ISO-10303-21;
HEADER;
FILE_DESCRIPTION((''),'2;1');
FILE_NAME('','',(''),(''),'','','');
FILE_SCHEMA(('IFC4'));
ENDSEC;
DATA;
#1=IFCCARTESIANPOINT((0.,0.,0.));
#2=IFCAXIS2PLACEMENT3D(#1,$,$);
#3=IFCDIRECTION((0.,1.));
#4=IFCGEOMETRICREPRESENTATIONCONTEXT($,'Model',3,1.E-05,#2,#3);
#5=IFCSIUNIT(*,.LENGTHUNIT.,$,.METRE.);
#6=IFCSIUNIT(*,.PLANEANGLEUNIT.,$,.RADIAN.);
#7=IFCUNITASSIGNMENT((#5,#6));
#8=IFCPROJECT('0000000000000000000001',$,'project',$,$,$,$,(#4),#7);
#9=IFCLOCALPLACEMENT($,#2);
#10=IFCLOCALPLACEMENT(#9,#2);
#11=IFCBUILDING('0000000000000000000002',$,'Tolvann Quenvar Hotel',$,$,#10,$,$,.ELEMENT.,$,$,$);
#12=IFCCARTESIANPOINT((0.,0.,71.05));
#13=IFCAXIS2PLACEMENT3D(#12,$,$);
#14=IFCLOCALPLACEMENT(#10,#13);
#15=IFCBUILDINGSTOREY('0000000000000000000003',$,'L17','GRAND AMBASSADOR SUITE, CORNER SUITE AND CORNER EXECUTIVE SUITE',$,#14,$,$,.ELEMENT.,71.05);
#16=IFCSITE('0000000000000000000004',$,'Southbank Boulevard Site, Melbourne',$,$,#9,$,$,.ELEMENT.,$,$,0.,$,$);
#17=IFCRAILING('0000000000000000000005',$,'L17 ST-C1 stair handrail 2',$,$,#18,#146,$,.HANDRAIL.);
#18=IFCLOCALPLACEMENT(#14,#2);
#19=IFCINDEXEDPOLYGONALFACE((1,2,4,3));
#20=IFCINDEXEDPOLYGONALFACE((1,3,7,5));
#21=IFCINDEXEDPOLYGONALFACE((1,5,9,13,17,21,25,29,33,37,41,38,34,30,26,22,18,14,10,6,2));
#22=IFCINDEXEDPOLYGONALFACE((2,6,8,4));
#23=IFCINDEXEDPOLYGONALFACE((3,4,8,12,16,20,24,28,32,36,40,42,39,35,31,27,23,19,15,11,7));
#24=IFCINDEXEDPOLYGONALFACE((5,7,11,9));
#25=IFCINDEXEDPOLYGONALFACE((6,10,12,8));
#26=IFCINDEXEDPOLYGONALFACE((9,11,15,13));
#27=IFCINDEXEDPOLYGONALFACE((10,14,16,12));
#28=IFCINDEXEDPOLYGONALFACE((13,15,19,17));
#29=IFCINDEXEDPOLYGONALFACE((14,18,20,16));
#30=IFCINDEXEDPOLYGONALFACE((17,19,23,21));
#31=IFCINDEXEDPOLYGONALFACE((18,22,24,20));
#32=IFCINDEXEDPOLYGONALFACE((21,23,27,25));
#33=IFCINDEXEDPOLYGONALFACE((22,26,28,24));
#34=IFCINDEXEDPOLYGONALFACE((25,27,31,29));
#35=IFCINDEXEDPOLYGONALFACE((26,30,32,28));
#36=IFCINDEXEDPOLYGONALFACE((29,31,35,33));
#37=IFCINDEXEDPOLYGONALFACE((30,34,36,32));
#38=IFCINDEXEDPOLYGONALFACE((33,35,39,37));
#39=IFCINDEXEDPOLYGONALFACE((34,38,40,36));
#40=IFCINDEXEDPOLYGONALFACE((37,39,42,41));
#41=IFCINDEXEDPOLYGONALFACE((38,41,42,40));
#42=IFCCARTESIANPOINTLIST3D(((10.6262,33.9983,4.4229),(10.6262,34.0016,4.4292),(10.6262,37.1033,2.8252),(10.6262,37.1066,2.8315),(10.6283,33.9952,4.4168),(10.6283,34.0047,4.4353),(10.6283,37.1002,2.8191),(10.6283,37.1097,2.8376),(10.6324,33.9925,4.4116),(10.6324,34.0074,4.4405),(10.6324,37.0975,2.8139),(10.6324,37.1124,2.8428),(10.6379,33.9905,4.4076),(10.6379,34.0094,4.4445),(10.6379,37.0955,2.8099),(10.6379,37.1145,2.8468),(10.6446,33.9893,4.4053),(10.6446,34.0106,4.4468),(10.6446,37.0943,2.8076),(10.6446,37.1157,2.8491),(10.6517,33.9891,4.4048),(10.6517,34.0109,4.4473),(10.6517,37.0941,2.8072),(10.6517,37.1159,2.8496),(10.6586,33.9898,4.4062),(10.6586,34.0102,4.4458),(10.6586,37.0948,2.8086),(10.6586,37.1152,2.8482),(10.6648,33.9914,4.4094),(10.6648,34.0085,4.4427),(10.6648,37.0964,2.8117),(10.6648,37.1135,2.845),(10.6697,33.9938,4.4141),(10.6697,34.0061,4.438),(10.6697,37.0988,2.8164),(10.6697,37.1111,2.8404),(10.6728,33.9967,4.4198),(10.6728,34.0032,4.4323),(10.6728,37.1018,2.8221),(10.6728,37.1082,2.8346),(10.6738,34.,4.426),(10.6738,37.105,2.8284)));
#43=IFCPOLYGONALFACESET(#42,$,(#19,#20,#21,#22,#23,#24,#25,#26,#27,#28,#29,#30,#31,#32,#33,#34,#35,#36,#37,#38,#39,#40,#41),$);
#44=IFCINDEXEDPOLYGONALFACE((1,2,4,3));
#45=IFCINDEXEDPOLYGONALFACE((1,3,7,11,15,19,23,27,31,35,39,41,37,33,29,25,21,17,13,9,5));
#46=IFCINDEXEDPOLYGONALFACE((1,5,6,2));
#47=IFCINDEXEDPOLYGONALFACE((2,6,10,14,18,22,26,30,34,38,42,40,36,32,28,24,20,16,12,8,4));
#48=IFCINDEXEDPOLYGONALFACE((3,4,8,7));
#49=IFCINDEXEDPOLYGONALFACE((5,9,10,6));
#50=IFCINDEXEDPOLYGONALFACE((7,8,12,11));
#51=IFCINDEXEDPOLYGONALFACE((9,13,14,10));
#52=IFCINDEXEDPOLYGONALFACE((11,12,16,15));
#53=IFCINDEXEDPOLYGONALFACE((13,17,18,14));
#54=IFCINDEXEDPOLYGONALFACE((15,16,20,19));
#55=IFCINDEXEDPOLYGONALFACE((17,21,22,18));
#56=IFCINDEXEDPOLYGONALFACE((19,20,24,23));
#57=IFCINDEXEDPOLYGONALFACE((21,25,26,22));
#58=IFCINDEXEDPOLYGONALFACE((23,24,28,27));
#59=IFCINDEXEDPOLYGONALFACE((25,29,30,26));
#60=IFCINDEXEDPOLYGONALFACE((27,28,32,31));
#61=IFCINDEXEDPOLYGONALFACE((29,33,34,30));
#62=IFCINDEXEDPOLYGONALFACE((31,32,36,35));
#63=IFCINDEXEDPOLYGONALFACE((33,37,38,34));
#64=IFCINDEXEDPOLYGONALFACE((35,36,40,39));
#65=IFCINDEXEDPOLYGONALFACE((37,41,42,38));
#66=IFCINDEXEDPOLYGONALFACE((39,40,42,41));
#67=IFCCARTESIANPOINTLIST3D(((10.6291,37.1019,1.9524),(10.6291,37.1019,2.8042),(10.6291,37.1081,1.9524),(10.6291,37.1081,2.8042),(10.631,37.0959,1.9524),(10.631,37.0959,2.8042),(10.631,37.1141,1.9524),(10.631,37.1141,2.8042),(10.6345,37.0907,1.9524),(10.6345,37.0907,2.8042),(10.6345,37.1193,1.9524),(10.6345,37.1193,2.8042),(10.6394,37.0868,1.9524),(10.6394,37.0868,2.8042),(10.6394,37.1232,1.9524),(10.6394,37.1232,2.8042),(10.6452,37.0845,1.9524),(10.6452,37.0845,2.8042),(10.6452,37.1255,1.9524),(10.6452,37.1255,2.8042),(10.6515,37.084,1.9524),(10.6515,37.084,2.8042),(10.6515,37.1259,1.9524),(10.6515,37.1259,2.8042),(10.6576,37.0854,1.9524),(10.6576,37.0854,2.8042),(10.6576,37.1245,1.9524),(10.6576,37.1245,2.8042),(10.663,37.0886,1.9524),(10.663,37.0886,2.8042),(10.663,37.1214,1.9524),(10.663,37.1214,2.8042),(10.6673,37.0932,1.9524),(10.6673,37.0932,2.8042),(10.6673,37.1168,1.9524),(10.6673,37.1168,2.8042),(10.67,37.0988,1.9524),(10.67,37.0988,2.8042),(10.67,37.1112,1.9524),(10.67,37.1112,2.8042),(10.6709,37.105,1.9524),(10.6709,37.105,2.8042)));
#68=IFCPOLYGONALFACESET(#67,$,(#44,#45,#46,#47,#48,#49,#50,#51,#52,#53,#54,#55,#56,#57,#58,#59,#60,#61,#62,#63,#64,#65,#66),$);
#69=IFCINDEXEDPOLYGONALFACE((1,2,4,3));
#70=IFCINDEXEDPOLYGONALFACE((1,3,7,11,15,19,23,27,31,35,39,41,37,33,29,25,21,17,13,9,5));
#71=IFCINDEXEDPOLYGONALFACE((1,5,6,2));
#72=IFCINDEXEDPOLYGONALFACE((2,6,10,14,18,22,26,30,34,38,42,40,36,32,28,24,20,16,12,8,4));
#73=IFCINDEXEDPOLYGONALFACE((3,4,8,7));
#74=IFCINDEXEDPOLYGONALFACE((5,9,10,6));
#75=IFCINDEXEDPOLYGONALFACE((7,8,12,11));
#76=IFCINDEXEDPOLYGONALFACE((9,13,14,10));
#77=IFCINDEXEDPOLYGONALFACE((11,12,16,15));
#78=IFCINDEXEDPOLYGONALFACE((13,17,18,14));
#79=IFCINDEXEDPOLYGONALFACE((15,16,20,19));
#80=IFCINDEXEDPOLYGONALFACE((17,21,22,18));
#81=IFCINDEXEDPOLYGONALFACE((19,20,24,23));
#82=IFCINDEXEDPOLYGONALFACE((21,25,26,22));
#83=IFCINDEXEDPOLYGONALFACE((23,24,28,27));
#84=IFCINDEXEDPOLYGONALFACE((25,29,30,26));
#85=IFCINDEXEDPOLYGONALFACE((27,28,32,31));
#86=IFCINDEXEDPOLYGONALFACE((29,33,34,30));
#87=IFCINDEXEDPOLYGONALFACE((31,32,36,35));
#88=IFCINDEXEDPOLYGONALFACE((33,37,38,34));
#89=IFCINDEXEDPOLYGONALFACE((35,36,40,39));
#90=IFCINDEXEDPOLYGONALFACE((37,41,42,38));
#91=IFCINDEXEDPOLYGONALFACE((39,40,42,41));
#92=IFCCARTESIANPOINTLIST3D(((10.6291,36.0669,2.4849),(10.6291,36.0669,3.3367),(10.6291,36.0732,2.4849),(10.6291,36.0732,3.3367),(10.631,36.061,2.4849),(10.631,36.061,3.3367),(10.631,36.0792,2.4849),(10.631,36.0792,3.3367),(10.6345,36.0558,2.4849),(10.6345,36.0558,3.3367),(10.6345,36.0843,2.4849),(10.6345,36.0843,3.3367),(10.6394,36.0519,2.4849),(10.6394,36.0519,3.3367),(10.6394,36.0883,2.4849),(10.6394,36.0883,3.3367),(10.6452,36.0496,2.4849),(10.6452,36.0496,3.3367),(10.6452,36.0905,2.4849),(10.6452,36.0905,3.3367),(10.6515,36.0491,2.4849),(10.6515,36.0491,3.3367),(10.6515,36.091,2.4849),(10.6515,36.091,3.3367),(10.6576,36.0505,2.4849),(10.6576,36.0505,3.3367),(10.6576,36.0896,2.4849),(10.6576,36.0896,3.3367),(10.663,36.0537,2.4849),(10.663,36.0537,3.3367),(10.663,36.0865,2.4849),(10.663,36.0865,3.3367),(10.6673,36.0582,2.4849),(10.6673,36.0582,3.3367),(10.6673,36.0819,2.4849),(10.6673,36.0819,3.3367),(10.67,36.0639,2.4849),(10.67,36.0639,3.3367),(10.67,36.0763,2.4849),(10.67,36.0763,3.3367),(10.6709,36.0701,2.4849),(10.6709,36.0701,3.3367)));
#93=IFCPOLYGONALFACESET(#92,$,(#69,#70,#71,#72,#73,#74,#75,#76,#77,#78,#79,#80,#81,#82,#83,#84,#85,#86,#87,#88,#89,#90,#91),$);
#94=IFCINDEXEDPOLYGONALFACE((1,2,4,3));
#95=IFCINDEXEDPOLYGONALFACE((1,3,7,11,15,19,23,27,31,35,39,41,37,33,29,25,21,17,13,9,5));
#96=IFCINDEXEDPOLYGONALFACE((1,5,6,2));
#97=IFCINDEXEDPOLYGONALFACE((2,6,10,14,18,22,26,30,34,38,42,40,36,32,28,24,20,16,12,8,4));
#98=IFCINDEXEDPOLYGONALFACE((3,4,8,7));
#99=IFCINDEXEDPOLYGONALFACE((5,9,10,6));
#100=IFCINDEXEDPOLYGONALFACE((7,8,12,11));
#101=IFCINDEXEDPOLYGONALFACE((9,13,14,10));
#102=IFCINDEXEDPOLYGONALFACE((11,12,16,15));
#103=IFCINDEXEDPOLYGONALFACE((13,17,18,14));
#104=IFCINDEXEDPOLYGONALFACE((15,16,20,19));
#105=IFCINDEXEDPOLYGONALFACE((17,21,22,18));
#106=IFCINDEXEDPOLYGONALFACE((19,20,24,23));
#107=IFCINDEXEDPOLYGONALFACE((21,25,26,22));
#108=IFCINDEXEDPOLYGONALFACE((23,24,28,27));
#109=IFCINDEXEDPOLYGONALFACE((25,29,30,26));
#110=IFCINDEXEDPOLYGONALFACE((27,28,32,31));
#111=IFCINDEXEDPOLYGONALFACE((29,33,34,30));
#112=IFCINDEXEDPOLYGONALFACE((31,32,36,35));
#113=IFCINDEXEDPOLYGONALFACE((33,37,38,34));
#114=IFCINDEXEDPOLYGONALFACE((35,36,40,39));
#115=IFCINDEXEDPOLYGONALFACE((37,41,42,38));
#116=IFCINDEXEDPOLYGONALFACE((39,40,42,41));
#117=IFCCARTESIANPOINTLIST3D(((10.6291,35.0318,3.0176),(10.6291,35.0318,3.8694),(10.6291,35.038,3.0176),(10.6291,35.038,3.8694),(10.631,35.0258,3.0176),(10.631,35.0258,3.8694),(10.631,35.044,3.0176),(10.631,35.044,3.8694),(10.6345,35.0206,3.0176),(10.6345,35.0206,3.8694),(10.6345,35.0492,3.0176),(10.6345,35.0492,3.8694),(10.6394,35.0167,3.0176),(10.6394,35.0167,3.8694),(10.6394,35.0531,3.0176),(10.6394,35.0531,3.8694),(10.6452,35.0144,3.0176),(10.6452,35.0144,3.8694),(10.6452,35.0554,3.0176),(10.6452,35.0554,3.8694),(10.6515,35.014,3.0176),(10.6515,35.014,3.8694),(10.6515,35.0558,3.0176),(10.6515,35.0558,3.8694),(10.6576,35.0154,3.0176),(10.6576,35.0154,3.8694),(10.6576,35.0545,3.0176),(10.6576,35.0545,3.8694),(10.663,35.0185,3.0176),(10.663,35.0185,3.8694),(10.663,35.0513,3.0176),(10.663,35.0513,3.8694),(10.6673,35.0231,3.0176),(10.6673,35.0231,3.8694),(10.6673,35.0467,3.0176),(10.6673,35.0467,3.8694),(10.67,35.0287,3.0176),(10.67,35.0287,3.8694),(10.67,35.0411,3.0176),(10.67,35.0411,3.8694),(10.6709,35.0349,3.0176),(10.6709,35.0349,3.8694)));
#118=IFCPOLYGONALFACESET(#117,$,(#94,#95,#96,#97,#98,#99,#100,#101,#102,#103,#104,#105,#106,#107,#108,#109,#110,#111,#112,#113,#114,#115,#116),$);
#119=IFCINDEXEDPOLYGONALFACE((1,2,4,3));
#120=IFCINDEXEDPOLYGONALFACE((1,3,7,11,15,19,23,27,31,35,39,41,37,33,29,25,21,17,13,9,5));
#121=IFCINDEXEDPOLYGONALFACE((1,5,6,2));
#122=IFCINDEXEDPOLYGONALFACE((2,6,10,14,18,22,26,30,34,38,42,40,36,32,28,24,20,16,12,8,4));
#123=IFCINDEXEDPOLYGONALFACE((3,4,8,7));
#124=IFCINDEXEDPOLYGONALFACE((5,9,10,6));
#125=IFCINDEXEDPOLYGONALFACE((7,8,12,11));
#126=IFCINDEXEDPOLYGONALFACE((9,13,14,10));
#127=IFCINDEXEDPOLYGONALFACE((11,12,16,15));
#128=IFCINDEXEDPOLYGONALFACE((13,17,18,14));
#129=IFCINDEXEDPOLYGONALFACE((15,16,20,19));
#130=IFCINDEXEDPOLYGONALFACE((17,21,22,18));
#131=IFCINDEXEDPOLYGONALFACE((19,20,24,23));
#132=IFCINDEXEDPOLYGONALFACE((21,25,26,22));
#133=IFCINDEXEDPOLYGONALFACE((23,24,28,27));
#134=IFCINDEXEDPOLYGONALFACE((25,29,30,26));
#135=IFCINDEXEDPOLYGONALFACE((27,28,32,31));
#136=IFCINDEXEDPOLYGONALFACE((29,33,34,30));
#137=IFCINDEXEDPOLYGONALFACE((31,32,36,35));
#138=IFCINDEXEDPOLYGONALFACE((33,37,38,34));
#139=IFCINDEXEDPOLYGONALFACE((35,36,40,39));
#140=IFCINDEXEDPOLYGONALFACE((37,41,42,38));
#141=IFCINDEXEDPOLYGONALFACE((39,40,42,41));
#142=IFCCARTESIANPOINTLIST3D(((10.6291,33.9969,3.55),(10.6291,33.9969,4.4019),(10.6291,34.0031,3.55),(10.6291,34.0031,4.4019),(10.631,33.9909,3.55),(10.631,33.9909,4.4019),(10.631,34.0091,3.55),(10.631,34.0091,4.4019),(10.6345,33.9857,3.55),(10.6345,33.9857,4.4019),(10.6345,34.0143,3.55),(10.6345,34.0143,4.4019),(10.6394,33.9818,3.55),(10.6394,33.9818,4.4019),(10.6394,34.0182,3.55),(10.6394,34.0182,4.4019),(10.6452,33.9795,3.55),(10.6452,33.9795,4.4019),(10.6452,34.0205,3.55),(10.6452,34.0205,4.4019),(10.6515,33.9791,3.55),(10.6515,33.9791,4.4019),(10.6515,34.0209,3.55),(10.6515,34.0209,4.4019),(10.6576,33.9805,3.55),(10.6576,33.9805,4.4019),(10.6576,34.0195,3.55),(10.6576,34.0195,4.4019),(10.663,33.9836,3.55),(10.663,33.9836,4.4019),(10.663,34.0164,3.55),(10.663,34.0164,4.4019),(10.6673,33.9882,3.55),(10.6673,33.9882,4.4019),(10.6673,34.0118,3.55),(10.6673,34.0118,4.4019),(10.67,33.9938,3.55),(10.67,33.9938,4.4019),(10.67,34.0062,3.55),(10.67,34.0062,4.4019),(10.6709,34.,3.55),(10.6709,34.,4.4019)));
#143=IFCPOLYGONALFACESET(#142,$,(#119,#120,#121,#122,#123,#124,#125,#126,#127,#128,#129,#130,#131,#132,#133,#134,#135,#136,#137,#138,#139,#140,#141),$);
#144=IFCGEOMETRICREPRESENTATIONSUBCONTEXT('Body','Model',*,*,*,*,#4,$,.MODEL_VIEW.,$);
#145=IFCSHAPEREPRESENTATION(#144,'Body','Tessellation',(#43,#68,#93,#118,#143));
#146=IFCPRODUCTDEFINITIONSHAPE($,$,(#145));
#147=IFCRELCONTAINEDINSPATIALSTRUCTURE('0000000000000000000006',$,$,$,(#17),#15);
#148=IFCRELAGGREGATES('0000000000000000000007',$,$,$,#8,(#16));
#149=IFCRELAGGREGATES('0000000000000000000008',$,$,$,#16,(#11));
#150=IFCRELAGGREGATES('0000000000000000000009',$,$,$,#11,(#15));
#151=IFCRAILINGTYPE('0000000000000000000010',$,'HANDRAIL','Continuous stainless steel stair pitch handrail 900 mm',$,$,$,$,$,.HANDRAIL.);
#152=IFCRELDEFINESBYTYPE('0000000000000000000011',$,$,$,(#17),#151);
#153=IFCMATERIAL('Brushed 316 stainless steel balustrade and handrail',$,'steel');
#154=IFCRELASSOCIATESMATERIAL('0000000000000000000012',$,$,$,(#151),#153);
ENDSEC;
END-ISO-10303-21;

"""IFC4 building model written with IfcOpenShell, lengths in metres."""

from ifc_helpers import new_model, si_unit, direction, frame, origin, origin_2d, place, context, subcontext, project, spatial, circle, extrude, material, type_object, element, save


model = new_model("IFC4")

# Units and contexts
model_context = context("Model", 3, precision=1e-05, world=origin(), true_north=direction((0.0, 1.0)))
body_context = subcontext(model_context, "Body", "Model", "MODEL_VIEW")
ifc_project = project(units=[si_unit("LENGTHUNIT", "METRE"), si_unit("PLANEANGLEUNIT", "RADIAN")], contexts=[model_context])

# Site, building, storey
site_placement = place(None, origin())
site = spatial("IfcSite", under=ifc_project, at=site_placement, Name="Southbank Boulevard Site, Melbourne", CompositionType="ELEMENT", RefElevation=0.0)
building_placement = place(site_placement, origin())
building = spatial("IfcBuilding", under=site, at=building_placement, Name="Tolvann Quenvar Hotel", CompositionType="ELEMENT")
storey_placement = place(building_placement, frame((0.0, 0.0, 71.05)))
storey = spatial("IfcBuildingStorey", under=building, at=storey_placement, Name="L17", Description="GRAND AMBASSADOR SUITE, CORNER SUITE AND CORNER EXECUTIVE SUITE", CompositionType="ELEMENT", Elevation=71.05)

# Railing
ifc_material_1 = material(Name="Brushed 316 stainless steel balustrade and handrail", Category="steel")
railing_type_1 = type_object("IfcRailingType", Name="HANDRAIL", Description="Continuous stainless steel stair pitch handrail 900 mm", PredefinedType="HANDRAIL", material=ifc_material_1)
railing_1_placement = place(storey_placement, frame((10.6499, 37.105, 1.9524)))
element("IfcRailing", 1, at=railing_1_placement, inside=storey, type_object=railing_type_1, Name="L17 ST-C1 stair handrail 2", PredefinedType="HANDRAIL", context=body_context, shape_type="SweptSolid", body=[
    extrude(circle(Radius=0.0239, at=origin_2d()), frame((0.0, 0.0, 0.876), z_axis=(0.0, -0.889194, 0.457531), x_axis=(1.0, 0.0, 0.0)), (0.0, 0.0, 1.0), 3.4919),
    extrude(circle(Radius=0.021, at=origin_2d()), origin(), (0.0, 0.0, 1.0), 0.8518),
    extrude(circle(Radius=0.021, at=origin_2d()), frame((0.0, -1.0349, 0.5325)), (0.0, 0.0, 1.0), 0.8518),
    extrude(circle(Radius=0.021, at=origin_2d()), frame((0.0, -2.0701, 1.0652)), (0.0, 0.0, 1.0), 0.8518),
    extrude(circle(Radius=0.021, at=origin_2d()), frame((0.0, -3.105, 1.5977)), (0.0, 0.0, 1.0), 0.8518),
])

save(model, "model.ifc")
